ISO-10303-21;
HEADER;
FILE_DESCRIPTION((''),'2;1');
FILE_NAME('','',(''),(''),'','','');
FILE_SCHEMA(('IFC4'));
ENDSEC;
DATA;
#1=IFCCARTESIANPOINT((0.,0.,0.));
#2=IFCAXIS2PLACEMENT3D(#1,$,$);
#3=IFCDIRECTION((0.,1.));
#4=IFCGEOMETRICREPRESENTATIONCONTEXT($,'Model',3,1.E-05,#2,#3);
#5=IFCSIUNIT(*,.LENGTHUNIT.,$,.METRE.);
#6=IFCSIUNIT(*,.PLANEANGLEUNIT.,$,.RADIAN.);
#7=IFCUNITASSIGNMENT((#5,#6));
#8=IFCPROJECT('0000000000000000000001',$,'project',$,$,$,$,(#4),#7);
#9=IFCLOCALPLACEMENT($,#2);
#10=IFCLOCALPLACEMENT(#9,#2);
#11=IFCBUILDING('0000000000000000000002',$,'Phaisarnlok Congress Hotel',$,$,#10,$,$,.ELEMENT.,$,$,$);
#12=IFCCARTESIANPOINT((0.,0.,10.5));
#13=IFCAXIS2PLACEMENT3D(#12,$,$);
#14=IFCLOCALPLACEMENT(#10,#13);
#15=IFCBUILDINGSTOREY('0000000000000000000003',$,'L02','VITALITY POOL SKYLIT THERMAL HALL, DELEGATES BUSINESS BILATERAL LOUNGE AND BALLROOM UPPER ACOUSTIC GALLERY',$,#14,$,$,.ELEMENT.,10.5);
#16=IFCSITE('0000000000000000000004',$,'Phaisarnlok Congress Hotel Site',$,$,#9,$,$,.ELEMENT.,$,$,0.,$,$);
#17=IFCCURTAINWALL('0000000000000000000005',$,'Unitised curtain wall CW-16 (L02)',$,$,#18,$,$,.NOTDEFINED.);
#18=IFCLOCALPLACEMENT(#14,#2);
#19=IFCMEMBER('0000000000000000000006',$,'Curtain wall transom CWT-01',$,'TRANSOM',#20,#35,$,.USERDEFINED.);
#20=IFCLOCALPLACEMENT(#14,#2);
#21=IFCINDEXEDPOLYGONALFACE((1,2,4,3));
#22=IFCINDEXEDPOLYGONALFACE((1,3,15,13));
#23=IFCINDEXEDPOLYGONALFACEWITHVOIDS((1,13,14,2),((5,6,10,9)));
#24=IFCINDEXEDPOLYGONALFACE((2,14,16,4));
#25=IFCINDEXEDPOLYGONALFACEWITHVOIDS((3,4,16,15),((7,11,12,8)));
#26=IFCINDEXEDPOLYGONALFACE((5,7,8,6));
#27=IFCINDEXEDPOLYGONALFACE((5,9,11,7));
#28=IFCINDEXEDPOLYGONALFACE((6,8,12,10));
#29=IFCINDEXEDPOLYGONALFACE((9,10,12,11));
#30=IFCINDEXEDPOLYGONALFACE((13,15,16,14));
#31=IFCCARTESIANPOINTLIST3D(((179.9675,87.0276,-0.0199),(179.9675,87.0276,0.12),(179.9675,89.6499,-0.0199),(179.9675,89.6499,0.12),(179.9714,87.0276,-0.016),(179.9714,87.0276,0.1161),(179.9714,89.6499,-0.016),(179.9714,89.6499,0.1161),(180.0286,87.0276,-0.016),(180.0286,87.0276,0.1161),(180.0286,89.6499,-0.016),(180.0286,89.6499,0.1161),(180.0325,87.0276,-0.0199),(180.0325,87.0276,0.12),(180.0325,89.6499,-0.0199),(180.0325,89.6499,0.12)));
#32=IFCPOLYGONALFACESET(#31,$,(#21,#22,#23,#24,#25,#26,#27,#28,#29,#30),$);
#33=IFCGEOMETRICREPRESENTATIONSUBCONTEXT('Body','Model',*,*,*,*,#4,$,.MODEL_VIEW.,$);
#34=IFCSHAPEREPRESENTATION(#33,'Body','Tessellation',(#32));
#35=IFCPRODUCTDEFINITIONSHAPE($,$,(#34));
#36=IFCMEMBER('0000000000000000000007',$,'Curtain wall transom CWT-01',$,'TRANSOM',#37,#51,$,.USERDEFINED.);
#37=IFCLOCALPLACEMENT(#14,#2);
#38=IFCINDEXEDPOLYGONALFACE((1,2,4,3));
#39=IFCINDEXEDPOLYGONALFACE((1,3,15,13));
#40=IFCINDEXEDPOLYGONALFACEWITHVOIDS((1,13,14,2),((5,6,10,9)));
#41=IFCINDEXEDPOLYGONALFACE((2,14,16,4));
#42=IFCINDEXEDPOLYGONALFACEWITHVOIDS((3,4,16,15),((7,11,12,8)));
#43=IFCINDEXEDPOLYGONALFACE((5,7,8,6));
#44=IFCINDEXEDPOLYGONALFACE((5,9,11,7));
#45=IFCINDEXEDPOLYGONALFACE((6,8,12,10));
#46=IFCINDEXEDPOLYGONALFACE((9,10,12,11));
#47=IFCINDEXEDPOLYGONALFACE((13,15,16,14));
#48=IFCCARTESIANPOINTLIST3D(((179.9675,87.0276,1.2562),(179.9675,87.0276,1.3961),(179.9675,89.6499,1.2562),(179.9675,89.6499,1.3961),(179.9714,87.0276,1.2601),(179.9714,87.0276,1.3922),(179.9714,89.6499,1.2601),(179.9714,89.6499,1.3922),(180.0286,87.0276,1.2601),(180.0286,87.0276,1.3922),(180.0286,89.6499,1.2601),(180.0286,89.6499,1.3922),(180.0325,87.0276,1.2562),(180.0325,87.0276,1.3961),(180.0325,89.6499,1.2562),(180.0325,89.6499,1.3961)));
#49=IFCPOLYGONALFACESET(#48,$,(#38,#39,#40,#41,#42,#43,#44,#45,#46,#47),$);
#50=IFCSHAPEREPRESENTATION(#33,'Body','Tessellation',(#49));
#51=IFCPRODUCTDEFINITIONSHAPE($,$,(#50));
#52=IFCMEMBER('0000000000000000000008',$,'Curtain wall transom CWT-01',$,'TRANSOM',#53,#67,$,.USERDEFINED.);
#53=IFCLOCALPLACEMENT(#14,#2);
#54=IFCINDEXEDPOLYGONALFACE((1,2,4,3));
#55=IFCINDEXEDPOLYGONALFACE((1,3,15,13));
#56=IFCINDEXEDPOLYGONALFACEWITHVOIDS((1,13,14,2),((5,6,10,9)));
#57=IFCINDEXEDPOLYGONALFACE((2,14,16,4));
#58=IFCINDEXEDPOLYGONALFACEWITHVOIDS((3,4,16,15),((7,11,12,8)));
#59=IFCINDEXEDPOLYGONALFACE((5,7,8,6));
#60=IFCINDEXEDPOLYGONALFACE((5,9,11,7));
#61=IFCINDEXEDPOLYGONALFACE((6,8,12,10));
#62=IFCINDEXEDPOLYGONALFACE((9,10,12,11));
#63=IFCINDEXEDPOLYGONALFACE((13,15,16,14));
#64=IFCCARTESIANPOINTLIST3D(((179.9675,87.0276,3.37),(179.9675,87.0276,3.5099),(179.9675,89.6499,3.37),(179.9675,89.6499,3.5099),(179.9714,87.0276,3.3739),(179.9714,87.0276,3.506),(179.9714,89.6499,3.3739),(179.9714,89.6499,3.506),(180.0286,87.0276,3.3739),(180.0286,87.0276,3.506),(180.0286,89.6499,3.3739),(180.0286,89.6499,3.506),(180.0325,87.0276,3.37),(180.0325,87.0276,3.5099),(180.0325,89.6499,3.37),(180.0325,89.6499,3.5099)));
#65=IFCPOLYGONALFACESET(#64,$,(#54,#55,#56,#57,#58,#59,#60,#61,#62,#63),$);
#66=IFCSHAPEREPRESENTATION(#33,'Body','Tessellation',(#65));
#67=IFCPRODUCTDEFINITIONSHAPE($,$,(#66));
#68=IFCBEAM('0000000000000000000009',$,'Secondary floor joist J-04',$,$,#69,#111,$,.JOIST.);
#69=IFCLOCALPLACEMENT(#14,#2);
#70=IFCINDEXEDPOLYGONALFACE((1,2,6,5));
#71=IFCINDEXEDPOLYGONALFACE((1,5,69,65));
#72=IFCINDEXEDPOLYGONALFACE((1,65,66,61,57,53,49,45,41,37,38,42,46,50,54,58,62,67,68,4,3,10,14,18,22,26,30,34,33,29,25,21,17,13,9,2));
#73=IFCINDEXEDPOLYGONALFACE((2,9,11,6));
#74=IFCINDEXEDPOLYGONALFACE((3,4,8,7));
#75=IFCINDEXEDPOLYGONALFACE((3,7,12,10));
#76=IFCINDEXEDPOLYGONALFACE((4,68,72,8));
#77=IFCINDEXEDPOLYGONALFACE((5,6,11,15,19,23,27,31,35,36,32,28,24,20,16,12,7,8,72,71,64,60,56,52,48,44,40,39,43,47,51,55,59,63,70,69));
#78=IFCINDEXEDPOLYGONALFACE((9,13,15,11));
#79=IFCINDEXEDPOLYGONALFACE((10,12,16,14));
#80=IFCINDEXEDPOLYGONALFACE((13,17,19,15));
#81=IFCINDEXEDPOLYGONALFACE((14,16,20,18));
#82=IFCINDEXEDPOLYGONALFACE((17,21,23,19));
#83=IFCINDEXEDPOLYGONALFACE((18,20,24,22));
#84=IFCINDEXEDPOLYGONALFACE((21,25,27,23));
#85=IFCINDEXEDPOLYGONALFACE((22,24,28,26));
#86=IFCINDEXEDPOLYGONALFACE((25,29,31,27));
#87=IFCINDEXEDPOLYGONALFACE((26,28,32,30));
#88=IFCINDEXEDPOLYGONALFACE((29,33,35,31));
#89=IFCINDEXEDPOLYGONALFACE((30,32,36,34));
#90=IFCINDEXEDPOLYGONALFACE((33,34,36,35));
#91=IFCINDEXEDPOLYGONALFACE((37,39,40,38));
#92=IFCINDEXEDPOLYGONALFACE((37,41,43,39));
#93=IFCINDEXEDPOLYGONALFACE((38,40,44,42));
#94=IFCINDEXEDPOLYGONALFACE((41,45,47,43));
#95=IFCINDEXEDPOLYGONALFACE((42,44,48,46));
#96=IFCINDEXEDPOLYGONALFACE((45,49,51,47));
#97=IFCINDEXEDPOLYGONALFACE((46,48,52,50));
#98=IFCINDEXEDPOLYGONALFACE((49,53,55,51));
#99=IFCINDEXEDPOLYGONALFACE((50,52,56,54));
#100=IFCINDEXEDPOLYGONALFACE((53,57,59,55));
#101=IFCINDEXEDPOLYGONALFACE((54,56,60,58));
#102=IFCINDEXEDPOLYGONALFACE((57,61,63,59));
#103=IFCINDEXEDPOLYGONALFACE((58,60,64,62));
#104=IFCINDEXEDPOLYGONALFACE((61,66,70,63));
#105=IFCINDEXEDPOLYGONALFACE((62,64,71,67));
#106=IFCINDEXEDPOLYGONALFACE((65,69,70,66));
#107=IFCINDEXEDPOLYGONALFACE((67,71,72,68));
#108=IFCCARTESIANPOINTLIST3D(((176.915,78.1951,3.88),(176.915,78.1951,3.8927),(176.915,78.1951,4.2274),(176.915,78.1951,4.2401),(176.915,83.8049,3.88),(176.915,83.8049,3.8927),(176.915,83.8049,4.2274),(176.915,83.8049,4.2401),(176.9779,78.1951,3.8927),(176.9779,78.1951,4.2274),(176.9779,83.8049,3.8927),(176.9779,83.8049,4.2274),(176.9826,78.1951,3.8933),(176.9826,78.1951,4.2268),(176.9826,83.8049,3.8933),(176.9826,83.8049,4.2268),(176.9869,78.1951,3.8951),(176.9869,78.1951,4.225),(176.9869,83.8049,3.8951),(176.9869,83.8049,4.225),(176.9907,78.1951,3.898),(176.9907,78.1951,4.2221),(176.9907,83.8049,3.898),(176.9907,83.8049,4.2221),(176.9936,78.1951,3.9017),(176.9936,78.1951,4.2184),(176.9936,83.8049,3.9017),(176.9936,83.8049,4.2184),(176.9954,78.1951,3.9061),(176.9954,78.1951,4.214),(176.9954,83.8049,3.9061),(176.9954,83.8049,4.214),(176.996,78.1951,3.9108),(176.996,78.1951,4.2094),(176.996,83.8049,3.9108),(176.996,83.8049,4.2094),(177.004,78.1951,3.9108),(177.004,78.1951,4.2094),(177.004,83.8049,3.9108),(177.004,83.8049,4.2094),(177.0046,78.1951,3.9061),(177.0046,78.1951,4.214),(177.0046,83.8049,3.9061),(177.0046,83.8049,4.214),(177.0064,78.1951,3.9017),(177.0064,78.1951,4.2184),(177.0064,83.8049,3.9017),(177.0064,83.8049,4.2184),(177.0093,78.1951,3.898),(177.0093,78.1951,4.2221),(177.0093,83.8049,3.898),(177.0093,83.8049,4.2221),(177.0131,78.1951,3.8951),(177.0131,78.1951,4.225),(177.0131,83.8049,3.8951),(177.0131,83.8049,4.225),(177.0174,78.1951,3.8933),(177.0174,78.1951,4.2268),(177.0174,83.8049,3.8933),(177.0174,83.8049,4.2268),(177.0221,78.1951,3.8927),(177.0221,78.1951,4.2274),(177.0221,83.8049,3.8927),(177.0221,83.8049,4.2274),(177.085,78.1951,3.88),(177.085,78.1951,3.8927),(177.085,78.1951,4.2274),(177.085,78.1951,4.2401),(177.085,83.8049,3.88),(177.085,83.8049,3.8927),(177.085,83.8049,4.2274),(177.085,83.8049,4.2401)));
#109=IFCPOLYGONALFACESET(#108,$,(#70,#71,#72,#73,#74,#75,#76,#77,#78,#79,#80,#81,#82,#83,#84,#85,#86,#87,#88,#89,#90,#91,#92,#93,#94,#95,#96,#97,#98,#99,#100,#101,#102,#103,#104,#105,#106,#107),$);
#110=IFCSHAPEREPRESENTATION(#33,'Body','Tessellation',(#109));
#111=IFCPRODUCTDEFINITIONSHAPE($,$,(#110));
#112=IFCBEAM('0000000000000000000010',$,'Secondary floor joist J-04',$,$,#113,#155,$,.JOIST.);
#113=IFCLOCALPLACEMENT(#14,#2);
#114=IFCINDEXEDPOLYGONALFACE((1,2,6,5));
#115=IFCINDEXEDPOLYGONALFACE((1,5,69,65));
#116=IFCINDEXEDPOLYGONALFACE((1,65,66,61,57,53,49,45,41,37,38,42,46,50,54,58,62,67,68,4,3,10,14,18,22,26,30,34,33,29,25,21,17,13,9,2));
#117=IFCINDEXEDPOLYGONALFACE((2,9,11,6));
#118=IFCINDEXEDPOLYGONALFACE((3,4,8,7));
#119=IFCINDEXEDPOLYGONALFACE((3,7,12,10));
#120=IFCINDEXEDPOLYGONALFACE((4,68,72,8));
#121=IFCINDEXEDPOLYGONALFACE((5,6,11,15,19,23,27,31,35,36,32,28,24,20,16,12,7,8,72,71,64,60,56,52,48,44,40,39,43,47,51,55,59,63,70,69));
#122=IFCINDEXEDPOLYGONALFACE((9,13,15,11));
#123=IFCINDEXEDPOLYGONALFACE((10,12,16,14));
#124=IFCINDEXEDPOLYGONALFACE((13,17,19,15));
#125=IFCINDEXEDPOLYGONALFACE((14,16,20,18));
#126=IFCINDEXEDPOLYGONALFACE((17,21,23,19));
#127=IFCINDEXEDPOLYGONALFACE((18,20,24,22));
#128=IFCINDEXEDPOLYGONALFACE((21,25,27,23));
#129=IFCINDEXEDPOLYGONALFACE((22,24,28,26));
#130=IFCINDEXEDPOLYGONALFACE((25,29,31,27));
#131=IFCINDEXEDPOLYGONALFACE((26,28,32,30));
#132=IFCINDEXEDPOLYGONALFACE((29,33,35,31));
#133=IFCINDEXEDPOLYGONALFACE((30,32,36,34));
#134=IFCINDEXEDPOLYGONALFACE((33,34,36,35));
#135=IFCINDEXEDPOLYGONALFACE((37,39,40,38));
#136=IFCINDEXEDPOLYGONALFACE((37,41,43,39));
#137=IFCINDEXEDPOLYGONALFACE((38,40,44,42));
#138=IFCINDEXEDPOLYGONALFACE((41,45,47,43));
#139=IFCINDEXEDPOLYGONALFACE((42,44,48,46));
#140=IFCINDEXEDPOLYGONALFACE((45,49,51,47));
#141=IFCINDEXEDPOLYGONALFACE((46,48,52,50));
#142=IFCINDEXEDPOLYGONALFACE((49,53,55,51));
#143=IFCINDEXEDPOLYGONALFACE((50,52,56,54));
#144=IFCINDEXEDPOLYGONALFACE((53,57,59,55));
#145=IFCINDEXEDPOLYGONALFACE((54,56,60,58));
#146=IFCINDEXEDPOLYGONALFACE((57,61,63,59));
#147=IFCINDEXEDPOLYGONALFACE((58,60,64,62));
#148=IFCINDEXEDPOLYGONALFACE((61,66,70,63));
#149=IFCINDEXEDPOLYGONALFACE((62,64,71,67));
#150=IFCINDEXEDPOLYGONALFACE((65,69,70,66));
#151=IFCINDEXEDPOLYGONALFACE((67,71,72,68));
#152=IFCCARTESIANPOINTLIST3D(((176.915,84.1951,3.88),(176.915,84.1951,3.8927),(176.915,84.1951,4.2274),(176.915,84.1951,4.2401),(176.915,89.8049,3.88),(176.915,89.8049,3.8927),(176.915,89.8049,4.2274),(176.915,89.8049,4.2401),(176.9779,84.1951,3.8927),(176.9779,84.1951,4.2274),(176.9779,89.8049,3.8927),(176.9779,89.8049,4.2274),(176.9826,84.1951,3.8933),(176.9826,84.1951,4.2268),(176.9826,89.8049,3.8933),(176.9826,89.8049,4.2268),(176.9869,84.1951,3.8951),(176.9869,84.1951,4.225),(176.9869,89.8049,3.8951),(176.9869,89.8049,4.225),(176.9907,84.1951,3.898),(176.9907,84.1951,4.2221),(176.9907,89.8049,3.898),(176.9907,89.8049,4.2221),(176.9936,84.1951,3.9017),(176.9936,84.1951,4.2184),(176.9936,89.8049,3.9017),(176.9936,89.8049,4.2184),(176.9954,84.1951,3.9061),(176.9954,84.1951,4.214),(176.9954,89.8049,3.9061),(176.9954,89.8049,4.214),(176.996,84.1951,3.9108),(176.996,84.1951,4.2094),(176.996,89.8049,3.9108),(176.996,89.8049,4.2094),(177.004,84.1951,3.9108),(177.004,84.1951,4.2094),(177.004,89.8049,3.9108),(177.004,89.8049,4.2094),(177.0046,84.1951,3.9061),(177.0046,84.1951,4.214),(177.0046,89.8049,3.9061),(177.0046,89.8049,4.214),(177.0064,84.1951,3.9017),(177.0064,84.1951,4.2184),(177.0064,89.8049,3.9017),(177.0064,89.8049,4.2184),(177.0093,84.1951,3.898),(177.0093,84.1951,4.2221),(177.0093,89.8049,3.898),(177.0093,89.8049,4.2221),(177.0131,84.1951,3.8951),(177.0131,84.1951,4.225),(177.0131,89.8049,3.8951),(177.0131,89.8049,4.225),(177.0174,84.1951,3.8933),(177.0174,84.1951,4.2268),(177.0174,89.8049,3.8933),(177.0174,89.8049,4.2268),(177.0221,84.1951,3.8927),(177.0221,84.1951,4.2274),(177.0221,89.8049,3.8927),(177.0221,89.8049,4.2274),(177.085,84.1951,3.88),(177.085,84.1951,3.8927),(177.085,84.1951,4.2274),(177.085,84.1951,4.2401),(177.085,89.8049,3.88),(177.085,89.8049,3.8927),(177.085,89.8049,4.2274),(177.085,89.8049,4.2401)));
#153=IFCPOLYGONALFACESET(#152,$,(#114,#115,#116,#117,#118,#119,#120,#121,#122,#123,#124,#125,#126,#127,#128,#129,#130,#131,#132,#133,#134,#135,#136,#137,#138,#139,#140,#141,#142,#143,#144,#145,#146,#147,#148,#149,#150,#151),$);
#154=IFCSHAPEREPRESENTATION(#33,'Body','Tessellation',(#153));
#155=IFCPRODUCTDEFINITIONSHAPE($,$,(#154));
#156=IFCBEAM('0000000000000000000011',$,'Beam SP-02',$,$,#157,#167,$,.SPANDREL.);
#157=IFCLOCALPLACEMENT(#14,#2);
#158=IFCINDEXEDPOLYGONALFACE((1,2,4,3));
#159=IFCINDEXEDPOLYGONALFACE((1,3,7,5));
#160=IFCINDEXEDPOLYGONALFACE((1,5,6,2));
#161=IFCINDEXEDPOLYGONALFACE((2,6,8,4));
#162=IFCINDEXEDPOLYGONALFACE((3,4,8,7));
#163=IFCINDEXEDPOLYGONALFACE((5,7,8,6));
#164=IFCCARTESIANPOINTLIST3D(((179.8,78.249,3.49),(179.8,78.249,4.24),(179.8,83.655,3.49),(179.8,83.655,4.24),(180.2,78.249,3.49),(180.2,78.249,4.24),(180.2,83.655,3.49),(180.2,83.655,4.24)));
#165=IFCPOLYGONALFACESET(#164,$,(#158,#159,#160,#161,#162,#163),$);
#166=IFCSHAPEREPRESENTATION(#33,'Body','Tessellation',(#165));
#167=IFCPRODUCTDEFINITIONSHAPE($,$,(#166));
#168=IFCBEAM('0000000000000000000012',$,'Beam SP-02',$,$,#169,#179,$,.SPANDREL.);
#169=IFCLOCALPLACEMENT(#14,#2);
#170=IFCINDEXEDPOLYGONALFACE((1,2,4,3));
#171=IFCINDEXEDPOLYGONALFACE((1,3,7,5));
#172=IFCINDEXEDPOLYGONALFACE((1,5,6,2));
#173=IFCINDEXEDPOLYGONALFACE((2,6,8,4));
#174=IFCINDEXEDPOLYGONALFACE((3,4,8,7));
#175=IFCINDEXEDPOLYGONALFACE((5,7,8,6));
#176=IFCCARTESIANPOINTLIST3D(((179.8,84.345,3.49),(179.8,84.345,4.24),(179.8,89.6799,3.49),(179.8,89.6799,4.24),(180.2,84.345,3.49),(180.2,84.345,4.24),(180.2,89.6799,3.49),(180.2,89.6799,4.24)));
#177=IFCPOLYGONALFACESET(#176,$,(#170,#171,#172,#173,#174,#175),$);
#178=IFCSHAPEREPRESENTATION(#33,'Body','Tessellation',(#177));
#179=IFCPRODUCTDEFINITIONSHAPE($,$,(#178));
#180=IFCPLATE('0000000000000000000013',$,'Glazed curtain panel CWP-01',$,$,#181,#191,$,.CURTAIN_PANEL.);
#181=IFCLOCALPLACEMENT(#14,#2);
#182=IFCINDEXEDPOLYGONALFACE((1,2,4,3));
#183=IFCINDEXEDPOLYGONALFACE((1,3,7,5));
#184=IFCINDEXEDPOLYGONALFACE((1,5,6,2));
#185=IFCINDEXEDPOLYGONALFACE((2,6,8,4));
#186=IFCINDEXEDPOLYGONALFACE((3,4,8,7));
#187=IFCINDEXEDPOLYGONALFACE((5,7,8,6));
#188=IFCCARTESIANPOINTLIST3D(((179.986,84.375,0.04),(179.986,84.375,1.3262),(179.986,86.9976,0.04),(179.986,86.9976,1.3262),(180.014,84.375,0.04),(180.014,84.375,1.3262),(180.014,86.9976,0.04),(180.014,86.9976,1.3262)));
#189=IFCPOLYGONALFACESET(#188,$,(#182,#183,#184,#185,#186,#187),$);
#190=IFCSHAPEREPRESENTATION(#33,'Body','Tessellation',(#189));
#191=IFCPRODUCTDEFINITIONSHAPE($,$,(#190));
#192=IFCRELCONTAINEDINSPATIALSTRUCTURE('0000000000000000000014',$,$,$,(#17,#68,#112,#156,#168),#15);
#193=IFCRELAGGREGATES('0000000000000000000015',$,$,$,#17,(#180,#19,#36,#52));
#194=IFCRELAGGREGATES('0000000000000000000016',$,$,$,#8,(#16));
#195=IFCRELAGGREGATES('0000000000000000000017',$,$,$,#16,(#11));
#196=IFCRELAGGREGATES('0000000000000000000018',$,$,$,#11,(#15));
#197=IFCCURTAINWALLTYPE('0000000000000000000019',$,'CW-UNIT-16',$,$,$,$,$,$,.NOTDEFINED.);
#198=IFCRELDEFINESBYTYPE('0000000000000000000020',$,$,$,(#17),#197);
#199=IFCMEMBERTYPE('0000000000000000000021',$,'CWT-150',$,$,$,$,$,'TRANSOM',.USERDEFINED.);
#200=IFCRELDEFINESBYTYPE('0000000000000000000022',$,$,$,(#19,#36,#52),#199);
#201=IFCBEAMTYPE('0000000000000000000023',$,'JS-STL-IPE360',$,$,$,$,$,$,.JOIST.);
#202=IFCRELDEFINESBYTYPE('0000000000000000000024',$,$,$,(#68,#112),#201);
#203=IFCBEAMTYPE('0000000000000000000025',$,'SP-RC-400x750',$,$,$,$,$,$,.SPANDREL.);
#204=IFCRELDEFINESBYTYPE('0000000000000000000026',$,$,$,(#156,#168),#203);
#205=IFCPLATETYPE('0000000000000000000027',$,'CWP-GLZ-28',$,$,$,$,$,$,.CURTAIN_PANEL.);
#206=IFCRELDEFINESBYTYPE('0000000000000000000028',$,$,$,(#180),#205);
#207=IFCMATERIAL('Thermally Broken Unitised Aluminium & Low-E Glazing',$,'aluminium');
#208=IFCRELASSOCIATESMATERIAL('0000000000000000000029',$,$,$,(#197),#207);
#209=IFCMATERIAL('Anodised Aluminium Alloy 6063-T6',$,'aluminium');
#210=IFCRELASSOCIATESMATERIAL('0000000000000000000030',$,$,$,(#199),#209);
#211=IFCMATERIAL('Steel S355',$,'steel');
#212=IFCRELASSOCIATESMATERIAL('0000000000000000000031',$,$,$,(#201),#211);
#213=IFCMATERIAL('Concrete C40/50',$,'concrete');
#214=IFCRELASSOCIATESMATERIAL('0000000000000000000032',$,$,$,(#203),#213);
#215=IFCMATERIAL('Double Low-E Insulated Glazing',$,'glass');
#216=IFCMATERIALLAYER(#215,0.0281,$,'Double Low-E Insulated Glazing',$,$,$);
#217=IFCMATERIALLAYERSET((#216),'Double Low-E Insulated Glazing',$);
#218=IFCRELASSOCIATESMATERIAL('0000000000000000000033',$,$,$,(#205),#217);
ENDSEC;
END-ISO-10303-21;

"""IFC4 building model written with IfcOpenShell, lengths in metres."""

from ifc_helpers import new_model, si_unit, direction, frame, frame_2d, origin, origin_2d, place, context, subcontext, project, spatial, rectangle, hollow_rectangle, i_section, extrude, material, layer, layer_set, material_profile, profile_set, type_object, element, aggregate, save


model = new_model("IFC4")

# Units and contexts
model_context = context("Model", 3, precision=1e-05, world=origin(), true_north=direction((0.0, 1.0)))
body_context = subcontext(model_context, "Body", "Model", "MODEL_VIEW")
ifc_project = project(units=[si_unit("LENGTHUNIT", "METRE"), si_unit("PLANEANGLEUNIT", "RADIAN")], contexts=[model_context])

# Site, building, storey
site_placement = place(None, origin())
site = spatial("IfcSite", under=ifc_project, at=site_placement, Name="Phaisarnlok Congress Hotel Site", CompositionType="ELEMENT", RefElevation=0.0)
building_placement = place(site_placement, origin())
building = spatial("IfcBuilding", under=site, at=building_placement, Name="Phaisarnlok Congress Hotel", CompositionType="ELEMENT")
storey_placement = place(building_placement, frame((0.0, 0.0, 10.5)))
storey = spatial("IfcBuildingStorey", under=building, at=storey_placement, Name="L02", Description="VITALITY POOL SKYLIT THERMAL HALL, DELEGATES BUSINESS BILATERAL LOUNGE AND BALLROOM UPPER ACOUSTIC GALLERY", CompositionType="ELEMENT", Elevation=10.5)

# Shared definitions
ifc_material_1 = material(Name="Steel S355", Category="steel")

# Curtain wall, members
ifc_material_2 = material(Name="Thermally Broken Unitised Aluminium & Low-E Glazing", Category="aluminium")
curtain_wall_type = type_object("IfcCurtainWallType", Name="CW-UNIT-16", PredefinedType="NOTDEFINED", material=ifc_material_2)
curtain_wall_placement = place(storey_placement, origin())
curtain_wall = element("IfcCurtainWall", 1, at=curtain_wall_placement, inside=storey, type_object=curtain_wall_type, Name="Unitised curtain wall CW-16 (L02)", PredefinedType="NOTDEFINED")
ifc_material_3 = material(Name="Anodised Aluminium Alloy 6063-T6", Category="aluminium")
ifc_material_profile_1 = material_profile(ifc_material_3, hollow_rectangle(XDim=0.0649, YDim=0.1399, WallThickness=0.0039, at=origin_2d()), Name="ALU-T 65x140x4")
ifc_profile_set_1 = profile_set([ifc_material_profile_1], Name="Anodised Aluminium Alloy 6063-T6")
member_type_1 = type_object("IfcMemberType", Name="CWT-150", ElementType="TRANSOM", PredefinedType="USERDEFINED", material=ifc_profile_set_1)
member_1_placement = place(storey_placement, frame((180.0, 87.0276, 0.05), z_axis=(0.0, 1.0, 0.0), x_axis=(-1.0, 0.0, 0.0)))
member_1 = element("IfcMember", 2, at=member_1_placement, type_object=member_type_1, Name="Curtain wall transom CWT-01", ObjectType="TRANSOM", PredefinedType="USERDEFINED", context=body_context, shape_type="SweptSolid", body=[
    extrude(hollow_rectangle(XDim=0.0649, YDim=0.1399, WallThickness=0.0039, at=origin_2d()), origin(), (0.0, 0.0, 1.0), 2.6223),
])
member_2_placement = place(storey_placement, frame((180.0, 87.0276, 1.3262), z_axis=(0.0, 1.0, 0.0), x_axis=(-1.0, 0.0, 0.0)))
member_2 = element("IfcMember", 3, at=member_2_placement, type_object=member_type_1, Name="Curtain wall transom CWT-01", ObjectType="TRANSOM", PredefinedType="USERDEFINED", context=body_context, shape_type="SweptSolid", body=[
    extrude(hollow_rectangle(XDim=0.0649, YDim=0.1399, WallThickness=0.0039, at=origin_2d()), origin(), (0.0, 0.0, 1.0), 2.6223),
])
member_3_placement = place(storey_placement, frame((180.0, 87.0276, 3.4399), z_axis=(0.0, 1.0, 0.0), x_axis=(-1.0, 0.0, 0.0)))
member_3 = element("IfcMember", 4, at=member_3_placement, type_object=member_type_1, Name="Curtain wall transom CWT-01", ObjectType="TRANSOM", PredefinedType="USERDEFINED", context=body_context, shape_type="SweptSolid", body=[
    extrude(hollow_rectangle(XDim=0.0649, YDim=0.1399, WallThickness=0.0039, at=origin_2d()), origin(), (0.0, 0.0, 1.0), 2.6223),
])

# Beams
ifc_material_profile_2 = material_profile(ifc_material_1, i_section(OverallWidth=0.1699, OverallDepth=0.3601, WebThickness=0.0081, FlangeThickness=0.0127, FilletRadius=0.0181, at=origin_2d()), Name="IPE 360")
ifc_profile_set_2 = profile_set([ifc_material_profile_2], Name="Steel S355")
beam_type_1 = type_object("IfcBeamType", Name="JS-STL-IPE360", PredefinedType="JOIST", material=ifc_profile_set_2)
for number, where, z_axis, x_axis, name in (
    (5, (177.0, 78.1951, 4.0601), (0.0, 1.0, 0.0), (-1.0, 0.0, 0.0), "Secondary floor joist J-04"),
    (6, (177.0, 84.1951, 4.0601), (0.0, 1.0, 0.0), (-1.0, 0.0, 0.0), "Secondary floor joist J-04"),
):
    element("IfcBeam", number, at=place(storey_placement, frame(where, z_axis=z_axis, x_axis=x_axis)), inside=storey, type_object=beam_type_1, Name=name, PredefinedType="JOIST", context=body_context, shape_type="SweptSolid", body=[
        extrude(i_section(OverallWidth=0.1699, OverallDepth=0.3601, WebThickness=0.0081, FlangeThickness=0.0127, FilletRadius=0.0181, at=origin_2d()), origin(), (0.0, 0.0, 1.0), 5.6099),
    ])
ifc_material_4 = material(Name="Concrete C40/50", Category="concrete")
ifc_material_profile_3 = material_profile(ifc_material_4, rectangle(XDim=0.3999, YDim=0.75, at=origin_2d()), Name="RC 400x750")
ifc_profile_set_3 = profile_set([ifc_material_profile_3], Name="Concrete C40/50")
beam_type_2 = type_object("IfcBeamType", Name="SP-RC-400x750", PredefinedType="SPANDREL", material=ifc_profile_set_3)
beam_1_placement = place(storey_placement, frame((180.0, 78.249, 3.865), z_axis=(0.0, 1.0, 0.0), x_axis=(-1.0, 0.0, 0.0)))
element("IfcBeam", 7, at=beam_1_placement, inside=storey, type_object=beam_type_2, Name="Beam SP-02", PredefinedType="SPANDREL", context=body_context, shape_type="SweptSolid", body=[
    extrude(rectangle(XDim=0.3999, YDim=0.75, at=origin_2d()), origin(), (0.0, 0.0, 1.0), 5.406),
])
beam_2_placement = place(storey_placement, frame((180.0, 84.345, 3.865), z_axis=(0.0, 1.0, 0.0), x_axis=(-1.0, 0.0, 0.0)))
element("IfcBeam", 8, at=beam_2_placement, inside=storey, type_object=beam_type_2, Name="Beam SP-02", PredefinedType="SPANDREL", context=body_context, shape_type="SweptSolid", body=[
    extrude(rectangle(XDim=0.3999, YDim=0.75, at=origin_2d()), origin(), (0.0, 0.0, 1.0), 5.335),
])

# Plate
ifc_material_5 = material(Name="Double Low-E Insulated Glazing", Category="glass")
ifc_layer_1 = layer(ifc_material_5, 0.0281, Name="Double Low-E Insulated Glazing")
ifc_layer_set_1 = layer_set([ifc_layer_1], Name="Double Low-E Insulated Glazing")
plate_type_1 = type_object("IfcPlateType", Name="CWP-GLZ-28", PredefinedType="CURTAIN_PANEL", material=ifc_layer_set_1)
plate_1_placement = place(storey_placement, frame((180.0, 84.375, 0.04), z_axis=(0.0, 0.0, 1.0), x_axis=(0.0, 1.0, 0.0)))
plate_1 = element("IfcPlate", 9, at=plate_1_placement, type_object=plate_type_1, Name="Glazed curtain panel CWP-01", PredefinedType="CURTAIN_PANEL", context=body_context, shape_type="SweptSolid", body=[
    extrude(rectangle(XDim=2.6226, YDim=0.0281, at=frame_2d((1.3113, 0.0))), origin(), (0.0, 0.0, 1.0), 1.2861),
])
aggregate(curtain_wall, [plate_1, member_1, member_2, member_3])

save(model, "model.ifc")
